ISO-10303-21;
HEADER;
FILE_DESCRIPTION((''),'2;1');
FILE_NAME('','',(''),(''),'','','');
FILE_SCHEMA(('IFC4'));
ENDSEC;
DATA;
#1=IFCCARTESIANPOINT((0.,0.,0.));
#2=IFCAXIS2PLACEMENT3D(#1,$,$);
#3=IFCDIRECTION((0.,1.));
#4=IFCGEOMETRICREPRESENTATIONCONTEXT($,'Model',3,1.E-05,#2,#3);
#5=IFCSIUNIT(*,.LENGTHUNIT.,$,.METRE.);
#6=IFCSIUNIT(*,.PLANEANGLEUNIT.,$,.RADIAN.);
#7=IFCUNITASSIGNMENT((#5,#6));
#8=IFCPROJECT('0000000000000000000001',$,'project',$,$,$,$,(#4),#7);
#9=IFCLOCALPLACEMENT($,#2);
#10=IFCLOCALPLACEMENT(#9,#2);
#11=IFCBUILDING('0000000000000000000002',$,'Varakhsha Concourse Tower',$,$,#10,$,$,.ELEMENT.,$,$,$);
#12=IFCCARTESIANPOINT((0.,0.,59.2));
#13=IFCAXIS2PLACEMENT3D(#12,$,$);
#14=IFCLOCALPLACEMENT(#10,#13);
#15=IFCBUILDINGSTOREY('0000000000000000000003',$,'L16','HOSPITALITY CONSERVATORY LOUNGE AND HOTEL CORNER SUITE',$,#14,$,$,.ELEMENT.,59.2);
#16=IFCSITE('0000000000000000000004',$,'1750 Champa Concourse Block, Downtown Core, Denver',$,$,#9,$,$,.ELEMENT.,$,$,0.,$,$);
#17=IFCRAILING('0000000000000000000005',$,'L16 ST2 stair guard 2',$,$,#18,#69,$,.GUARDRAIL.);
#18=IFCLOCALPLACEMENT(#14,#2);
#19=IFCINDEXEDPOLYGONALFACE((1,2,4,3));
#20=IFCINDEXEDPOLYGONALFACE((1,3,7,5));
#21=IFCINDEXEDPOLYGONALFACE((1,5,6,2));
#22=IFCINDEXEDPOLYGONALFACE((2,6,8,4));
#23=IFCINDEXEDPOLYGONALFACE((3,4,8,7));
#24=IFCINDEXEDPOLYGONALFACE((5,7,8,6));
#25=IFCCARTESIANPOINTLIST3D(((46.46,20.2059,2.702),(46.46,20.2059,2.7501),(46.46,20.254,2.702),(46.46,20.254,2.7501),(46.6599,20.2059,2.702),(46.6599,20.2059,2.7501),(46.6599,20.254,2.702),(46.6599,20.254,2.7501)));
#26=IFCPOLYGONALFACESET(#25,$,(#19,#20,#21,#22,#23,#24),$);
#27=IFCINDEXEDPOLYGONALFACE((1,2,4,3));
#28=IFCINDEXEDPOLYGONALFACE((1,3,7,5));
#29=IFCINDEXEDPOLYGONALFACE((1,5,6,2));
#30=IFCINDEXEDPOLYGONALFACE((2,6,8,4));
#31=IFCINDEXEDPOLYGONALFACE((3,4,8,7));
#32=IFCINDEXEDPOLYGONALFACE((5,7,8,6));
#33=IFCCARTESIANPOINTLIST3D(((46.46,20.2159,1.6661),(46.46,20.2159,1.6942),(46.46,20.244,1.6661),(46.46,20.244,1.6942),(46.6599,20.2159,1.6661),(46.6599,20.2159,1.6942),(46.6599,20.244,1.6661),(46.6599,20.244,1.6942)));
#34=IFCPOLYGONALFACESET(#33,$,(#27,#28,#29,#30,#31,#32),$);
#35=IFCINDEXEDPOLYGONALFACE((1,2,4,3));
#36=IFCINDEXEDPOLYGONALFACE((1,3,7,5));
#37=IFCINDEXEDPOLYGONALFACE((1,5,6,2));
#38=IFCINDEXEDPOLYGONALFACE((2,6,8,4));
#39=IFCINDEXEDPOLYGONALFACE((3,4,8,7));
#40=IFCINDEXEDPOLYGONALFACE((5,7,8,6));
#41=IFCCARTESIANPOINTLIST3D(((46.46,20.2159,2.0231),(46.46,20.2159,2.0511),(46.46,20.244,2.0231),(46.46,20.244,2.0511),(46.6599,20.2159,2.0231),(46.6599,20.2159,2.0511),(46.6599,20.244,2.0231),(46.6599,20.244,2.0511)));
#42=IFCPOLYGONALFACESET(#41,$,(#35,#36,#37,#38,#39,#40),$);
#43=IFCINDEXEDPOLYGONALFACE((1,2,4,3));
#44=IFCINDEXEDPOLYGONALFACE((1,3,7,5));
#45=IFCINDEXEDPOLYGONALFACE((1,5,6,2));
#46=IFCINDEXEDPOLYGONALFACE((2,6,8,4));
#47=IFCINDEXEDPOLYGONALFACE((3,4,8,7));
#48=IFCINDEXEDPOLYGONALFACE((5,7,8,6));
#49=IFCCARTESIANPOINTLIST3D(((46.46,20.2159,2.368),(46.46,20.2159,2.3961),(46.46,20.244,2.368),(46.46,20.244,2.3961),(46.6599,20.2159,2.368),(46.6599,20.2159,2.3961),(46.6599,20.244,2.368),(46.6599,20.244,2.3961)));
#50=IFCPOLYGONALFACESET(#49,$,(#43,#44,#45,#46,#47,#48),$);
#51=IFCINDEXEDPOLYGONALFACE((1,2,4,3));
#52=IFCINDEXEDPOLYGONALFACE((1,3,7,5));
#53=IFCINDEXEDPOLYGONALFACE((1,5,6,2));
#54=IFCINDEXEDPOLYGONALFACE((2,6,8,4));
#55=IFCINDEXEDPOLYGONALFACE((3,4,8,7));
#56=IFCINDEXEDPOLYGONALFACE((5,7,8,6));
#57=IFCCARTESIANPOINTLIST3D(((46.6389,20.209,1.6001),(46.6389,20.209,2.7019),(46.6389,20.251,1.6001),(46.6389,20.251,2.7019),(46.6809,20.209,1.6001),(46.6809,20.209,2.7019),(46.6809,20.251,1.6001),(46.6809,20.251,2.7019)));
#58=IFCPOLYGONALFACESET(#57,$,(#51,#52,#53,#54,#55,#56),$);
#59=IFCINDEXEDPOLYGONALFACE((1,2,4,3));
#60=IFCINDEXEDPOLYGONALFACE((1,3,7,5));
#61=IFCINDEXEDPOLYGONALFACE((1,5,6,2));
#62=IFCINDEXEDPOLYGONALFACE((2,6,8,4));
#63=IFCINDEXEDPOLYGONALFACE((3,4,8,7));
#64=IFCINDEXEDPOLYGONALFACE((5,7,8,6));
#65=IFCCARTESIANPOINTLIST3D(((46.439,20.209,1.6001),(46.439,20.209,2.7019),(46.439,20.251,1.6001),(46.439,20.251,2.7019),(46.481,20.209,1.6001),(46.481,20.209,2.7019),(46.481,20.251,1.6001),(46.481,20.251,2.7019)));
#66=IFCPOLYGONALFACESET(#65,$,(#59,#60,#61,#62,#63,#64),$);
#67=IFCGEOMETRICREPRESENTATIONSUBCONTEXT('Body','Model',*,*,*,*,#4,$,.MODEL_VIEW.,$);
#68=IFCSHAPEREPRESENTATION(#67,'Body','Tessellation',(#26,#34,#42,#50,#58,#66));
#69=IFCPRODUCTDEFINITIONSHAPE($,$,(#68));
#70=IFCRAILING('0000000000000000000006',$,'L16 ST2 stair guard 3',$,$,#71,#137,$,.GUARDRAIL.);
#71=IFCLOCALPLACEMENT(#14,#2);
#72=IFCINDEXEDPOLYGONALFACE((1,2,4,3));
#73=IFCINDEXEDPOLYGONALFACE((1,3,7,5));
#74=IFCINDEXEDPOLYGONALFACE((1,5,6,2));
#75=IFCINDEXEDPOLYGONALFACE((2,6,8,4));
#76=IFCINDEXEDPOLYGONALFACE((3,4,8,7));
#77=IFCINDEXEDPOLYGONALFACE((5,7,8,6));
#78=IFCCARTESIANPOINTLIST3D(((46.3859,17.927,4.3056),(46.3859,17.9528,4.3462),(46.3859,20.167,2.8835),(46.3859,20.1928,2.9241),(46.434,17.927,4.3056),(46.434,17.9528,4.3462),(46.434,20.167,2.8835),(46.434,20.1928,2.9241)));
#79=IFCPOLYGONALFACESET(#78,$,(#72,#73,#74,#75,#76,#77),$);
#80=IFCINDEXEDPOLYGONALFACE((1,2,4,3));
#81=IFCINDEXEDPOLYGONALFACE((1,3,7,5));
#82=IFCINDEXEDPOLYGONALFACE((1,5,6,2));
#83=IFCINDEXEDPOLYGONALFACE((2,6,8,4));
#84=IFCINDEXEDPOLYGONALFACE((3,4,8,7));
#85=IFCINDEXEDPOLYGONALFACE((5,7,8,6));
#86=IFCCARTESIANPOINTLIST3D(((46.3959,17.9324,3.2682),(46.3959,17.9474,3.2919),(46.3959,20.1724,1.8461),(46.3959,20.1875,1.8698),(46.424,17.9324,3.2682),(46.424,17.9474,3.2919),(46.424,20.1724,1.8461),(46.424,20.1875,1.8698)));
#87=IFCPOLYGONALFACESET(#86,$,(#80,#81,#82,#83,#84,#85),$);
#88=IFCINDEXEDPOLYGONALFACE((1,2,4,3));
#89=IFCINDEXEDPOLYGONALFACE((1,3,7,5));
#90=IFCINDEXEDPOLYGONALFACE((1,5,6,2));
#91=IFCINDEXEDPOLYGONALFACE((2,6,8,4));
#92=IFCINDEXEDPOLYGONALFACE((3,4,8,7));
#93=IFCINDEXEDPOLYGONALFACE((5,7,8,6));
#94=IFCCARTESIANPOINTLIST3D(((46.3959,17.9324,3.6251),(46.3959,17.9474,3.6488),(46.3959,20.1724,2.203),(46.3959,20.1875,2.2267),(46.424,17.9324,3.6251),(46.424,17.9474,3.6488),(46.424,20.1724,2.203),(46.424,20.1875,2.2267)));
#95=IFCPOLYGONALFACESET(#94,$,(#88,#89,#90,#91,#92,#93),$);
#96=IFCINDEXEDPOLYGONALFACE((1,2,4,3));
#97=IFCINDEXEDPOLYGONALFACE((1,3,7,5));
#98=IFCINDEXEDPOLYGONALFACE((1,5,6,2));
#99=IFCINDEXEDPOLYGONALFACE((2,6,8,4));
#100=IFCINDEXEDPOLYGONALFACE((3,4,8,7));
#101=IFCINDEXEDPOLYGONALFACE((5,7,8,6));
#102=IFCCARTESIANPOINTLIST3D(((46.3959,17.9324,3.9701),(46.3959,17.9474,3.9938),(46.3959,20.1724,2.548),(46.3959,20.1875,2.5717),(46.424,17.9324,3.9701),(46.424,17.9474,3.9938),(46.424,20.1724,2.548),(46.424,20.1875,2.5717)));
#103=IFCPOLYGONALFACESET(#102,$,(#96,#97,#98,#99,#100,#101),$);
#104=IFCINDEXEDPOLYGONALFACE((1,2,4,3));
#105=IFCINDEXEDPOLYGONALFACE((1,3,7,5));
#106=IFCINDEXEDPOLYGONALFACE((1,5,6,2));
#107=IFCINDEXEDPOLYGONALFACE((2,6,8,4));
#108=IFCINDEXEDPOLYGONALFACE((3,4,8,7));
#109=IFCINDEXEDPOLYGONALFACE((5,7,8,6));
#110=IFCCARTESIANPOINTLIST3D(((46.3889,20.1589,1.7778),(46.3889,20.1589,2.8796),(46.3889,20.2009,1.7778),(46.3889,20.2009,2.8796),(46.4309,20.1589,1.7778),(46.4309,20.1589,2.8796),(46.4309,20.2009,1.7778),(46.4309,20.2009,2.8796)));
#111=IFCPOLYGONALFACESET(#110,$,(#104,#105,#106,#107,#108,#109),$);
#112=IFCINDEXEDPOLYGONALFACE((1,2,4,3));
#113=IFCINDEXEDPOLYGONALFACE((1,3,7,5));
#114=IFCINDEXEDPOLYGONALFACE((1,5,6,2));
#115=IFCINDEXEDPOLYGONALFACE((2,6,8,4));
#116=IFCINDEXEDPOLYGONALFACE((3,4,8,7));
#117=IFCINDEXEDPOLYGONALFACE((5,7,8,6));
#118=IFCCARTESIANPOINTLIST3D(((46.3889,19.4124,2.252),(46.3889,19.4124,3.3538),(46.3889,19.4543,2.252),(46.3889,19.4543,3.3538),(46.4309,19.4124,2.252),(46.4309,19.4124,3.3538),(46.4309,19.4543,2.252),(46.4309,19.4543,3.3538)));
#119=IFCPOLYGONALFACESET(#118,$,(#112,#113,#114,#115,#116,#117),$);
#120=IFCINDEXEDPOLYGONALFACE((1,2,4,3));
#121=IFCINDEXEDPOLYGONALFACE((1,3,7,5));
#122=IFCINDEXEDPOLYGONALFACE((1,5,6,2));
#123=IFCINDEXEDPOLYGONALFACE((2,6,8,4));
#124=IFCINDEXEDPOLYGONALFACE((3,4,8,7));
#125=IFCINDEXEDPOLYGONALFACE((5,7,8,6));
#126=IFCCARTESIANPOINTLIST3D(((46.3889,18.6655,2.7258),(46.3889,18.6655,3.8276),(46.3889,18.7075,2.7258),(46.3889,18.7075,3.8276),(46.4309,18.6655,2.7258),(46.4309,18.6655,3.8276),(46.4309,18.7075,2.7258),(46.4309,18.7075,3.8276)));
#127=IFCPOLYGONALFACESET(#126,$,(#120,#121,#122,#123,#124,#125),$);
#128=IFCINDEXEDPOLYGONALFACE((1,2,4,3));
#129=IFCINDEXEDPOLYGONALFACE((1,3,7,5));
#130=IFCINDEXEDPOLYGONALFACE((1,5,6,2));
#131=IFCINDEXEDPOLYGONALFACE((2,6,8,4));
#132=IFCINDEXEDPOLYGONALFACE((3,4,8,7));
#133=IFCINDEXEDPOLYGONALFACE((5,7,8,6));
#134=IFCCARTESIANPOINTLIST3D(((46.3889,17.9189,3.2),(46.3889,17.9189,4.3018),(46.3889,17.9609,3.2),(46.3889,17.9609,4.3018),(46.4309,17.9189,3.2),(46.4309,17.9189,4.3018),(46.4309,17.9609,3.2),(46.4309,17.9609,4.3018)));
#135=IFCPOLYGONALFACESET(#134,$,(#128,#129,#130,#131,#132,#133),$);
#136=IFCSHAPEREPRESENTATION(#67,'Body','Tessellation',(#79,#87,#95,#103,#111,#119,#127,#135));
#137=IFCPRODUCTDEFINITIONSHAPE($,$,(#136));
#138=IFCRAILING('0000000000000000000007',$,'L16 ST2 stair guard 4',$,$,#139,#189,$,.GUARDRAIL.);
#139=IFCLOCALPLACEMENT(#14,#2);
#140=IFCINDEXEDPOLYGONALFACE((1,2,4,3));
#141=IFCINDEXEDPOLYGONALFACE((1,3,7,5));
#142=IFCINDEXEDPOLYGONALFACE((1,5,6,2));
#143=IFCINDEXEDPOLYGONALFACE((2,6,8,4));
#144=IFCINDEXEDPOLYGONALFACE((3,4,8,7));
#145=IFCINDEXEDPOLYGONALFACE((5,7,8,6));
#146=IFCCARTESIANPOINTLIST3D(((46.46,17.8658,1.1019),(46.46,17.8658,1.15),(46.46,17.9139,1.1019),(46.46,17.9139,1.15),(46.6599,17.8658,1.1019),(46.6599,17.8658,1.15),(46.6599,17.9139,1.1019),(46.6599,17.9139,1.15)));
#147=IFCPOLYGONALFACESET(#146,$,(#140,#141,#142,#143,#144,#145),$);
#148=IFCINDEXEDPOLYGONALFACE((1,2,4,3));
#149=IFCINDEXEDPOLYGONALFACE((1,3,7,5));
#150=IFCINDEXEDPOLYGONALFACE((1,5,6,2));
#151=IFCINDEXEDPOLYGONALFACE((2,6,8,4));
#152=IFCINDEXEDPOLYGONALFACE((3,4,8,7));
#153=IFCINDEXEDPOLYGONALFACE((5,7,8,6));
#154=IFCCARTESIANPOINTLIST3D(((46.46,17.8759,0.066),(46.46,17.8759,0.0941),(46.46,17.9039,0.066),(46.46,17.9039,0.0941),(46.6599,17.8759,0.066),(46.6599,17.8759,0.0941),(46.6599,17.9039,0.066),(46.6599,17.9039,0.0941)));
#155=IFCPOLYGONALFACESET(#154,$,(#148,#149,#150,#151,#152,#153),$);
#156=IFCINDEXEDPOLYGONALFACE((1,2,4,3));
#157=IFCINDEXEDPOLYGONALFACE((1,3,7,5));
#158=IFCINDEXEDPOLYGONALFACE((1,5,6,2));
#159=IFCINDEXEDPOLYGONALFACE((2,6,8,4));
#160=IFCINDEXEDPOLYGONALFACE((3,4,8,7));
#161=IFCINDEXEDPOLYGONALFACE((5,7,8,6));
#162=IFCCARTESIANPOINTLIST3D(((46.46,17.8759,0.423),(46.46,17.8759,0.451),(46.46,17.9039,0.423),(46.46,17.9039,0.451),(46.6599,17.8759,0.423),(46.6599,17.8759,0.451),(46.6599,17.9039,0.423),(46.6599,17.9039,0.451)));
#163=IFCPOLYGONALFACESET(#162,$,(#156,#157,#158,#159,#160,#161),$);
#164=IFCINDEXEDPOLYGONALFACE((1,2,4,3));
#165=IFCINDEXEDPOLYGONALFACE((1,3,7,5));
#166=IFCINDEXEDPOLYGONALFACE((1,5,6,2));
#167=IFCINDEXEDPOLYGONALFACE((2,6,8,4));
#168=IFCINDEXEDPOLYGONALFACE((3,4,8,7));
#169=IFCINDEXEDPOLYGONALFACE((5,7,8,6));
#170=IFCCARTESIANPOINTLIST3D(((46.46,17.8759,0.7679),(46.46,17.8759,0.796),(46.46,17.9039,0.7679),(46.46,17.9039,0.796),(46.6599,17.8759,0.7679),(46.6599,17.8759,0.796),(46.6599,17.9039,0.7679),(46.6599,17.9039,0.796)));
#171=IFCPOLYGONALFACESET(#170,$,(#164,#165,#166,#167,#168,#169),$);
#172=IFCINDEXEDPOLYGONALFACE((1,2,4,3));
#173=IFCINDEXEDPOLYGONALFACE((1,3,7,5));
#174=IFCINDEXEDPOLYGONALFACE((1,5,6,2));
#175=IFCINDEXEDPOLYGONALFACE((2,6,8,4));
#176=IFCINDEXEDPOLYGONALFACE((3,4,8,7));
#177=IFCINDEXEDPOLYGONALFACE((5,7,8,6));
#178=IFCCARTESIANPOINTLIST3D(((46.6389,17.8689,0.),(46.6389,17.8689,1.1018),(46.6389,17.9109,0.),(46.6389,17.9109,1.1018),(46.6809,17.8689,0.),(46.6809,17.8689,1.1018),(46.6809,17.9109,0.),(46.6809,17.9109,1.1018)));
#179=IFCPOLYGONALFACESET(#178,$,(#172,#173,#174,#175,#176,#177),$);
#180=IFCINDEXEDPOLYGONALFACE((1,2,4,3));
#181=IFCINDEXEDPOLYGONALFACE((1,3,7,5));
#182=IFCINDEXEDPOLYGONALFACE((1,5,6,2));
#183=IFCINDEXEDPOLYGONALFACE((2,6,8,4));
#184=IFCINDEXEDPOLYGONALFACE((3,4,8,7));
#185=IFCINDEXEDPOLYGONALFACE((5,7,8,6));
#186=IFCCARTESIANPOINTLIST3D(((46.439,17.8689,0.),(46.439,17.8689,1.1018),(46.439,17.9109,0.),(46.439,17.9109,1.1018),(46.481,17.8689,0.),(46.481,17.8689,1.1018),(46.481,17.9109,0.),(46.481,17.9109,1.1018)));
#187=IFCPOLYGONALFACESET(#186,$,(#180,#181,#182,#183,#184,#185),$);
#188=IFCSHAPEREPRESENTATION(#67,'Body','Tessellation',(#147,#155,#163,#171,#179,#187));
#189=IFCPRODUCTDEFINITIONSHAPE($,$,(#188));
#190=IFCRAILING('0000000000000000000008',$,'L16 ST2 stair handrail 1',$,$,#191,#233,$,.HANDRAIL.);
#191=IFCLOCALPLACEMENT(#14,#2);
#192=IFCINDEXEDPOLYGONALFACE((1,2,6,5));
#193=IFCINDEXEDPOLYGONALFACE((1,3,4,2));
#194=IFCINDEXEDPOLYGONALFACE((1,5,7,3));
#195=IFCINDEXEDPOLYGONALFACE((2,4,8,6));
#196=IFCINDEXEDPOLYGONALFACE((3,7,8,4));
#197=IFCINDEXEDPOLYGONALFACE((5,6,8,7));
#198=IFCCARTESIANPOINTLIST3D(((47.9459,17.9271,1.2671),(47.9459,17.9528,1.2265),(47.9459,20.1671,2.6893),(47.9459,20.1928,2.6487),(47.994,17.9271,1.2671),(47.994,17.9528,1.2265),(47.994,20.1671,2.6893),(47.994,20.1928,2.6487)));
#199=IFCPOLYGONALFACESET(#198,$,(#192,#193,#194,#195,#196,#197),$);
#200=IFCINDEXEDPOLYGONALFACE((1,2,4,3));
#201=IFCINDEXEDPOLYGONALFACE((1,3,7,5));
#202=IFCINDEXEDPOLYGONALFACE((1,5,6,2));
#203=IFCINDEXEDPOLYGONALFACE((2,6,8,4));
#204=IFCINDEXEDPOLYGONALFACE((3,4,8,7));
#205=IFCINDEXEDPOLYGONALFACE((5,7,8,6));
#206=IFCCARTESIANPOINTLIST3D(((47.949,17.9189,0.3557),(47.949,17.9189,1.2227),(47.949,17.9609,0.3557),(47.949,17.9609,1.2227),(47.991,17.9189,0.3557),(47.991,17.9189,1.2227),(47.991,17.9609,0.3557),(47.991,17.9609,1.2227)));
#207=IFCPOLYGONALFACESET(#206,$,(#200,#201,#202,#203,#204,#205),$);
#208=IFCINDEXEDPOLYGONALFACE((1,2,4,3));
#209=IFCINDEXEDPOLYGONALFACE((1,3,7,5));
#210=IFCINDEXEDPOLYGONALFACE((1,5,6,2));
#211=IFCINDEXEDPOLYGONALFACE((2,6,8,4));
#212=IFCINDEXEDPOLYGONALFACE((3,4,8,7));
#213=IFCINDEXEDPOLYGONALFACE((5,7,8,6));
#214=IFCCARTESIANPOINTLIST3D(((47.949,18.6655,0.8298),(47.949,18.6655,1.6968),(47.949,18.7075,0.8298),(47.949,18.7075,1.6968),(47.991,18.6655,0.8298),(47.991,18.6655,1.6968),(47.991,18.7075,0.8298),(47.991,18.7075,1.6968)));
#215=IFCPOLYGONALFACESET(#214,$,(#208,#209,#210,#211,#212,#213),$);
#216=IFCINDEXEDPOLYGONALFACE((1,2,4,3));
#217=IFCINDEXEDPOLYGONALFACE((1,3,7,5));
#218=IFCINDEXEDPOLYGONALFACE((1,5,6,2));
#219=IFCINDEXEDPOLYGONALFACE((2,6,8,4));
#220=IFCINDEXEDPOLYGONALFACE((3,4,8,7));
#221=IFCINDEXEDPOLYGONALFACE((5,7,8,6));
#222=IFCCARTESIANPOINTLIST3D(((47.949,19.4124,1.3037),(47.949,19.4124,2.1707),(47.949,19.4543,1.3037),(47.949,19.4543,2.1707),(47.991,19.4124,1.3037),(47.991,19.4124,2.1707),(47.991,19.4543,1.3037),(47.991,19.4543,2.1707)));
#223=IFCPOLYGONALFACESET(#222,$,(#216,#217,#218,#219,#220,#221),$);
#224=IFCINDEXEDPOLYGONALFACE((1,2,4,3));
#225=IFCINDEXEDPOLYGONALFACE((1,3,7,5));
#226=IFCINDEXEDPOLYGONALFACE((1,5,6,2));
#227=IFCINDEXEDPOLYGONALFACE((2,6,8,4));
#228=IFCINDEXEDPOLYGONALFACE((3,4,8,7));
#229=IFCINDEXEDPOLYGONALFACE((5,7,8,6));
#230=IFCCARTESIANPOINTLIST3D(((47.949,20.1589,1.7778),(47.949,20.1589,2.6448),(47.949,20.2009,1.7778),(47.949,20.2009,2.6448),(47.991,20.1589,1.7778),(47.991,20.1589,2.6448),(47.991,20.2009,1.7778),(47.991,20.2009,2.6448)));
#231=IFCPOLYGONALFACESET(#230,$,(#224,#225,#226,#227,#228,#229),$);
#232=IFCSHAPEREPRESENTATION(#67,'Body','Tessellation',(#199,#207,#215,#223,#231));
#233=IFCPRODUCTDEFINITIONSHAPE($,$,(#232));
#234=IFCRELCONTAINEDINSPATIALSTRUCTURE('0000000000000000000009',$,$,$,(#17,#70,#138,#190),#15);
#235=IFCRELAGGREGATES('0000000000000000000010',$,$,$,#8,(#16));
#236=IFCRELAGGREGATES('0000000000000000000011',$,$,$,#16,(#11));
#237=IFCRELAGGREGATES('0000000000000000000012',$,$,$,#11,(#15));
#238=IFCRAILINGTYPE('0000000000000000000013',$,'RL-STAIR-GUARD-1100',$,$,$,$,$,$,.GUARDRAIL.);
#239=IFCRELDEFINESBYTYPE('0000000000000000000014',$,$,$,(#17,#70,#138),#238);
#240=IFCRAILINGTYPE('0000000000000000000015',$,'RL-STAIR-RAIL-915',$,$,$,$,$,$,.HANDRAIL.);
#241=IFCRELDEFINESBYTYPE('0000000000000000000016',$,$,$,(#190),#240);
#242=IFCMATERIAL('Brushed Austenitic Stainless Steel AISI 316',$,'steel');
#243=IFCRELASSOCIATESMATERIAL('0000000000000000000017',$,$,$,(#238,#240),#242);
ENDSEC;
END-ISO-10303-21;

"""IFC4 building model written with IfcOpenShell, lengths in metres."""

from ifc_helpers import new_model, si_unit, direction, frame, origin, origin_2d, place, context, subcontext, project, spatial, rectangle, extrude, material, type_object, element, save


model = new_model("IFC4")

# Units and contexts
model_context = context("Model", 3, precision=1e-05, world=origin(), true_north=direction((0.0, 1.0)))
body_context = subcontext(model_context, "Body", "Model", "MODEL_VIEW")
ifc_project = project(units=[si_unit("LENGTHUNIT", "METRE"), si_unit("PLANEANGLEUNIT", "RADIAN")], contexts=[model_context])

# Site, building, storey
site_placement = place(None, origin())
site = spatial("IfcSite", under=ifc_project, at=site_placement, Name="1750 Champa Concourse Block, Downtown Core, Denver", CompositionType="ELEMENT", RefElevation=0.0)
building_placement = place(site_placement, origin())
building = spatial("IfcBuilding", under=site, at=building_placement, Name="Varakhsha Concourse Tower", CompositionType="ELEMENT")
storey_placement = place(building_placement, frame((0.0, 0.0, 59.2)))
storey = spatial("IfcBuildingStorey", under=building, at=storey_placement, Name="L16", Description="HOSPITALITY CONSERVATORY LOUNGE AND HOTEL CORNER SUITE", CompositionType="ELEMENT", Elevation=59.2)

# Railings
ifc_material_1 = material(Name="Brushed Austenitic Stainless Steel AISI 316", Category="steel")
railing_type_1 = type_object("IfcRailingType", Name="RL-STAIR-GUARD-1100", PredefinedType="GUARDRAIL", material=ifc_material_1)
railing_1_placement = place(storey_placement, frame((46.6599, 20.23, 1.6001)))
element("IfcRailing", 1, at=railing_1_placement, inside=storey, type_object=railing_type_1, Name="L16 ST2 stair guard 2", PredefinedType="GUARDRAIL", context=body_context, shape_type="SweptSolid", body=[
    extrude(rectangle(XDim=0.0481, YDim=0.0481, at=origin_2d()), frame((0.0, 0.0, 1.126), z_axis=(-1.0, 0.0, 0.0), x_axis=(0.0, -1.0, 0.0)), (0.0, 0.0, 1.0), 0.2),
    extrude(rectangle(XDim=0.0281, YDim=0.0281, at=origin_2d()), frame((0.0, 0.0, 0.0801), z_axis=(-1.0, 0.0, 0.0), x_axis=(0.0, -1.0, 0.0)), (0.0, 0.0, 1.0), 0.2),
    extrude(rectangle(XDim=0.0281, YDim=0.0281, at=origin_2d()), frame((0.0, 0.0, 0.437), z_axis=(-1.0, 0.0, 0.0), x_axis=(0.0, -1.0, 0.0)), (0.0, 0.0, 1.0), 0.2),
    extrude(rectangle(XDim=0.0281, YDim=0.0281, at=origin_2d()), frame((0.0, 0.0, 0.782), z_axis=(-1.0, 0.0, 0.0), x_axis=(0.0, -1.0, 0.0)), (0.0, 0.0, 1.0), 0.2),
    extrude(rectangle(XDim=0.042, YDim=0.042, at=origin_2d()), origin(), (0.0, 0.0, 1.0), 1.1018),
    extrude(rectangle(XDim=0.042, YDim=0.042, at=origin_2d()), frame((-0.2, 0.0, 0.0)), (0.0, 0.0, 1.0), 1.1018),
])
railing_2_placement = place(storey_placement, frame((46.4099, 20.1799, 1.7778)))
element("IfcRailing", 2, at=railing_2_placement, inside=storey, type_object=railing_type_1, Name="L16 ST2 stair guard 3", PredefinedType="GUARDRAIL", context=body_context, shape_type="SweptSolid", body=[
    extrude(rectangle(XDim=0.0481, YDim=0.0481, at=origin_2d()), frame((0.0, 0.0, 1.126), z_axis=(0.0, -0.844229, 0.535982), x_axis=(1.0, 0.0, 0.0)), (0.0, 0.0, 1.0), 2.6533),
    extrude(rectangle(XDim=0.0281, YDim=0.0281, at=origin_2d()), frame((0.0, 0.0, 0.0801), z_axis=(0.0, -0.844229, 0.535982), x_axis=(1.0, 0.0, 0.0)), (0.0, 0.0, 1.0), 2.6533),
    extrude(rectangle(XDim=0.0281, YDim=0.0281, at=origin_2d()), frame((0.0, 0.0, 0.437), z_axis=(0.0, -0.844229, 0.535982), x_axis=(1.0, 0.0, 0.0)), (0.0, 0.0, 1.0), 2.6533),
    extrude(rectangle(XDim=0.0281, YDim=0.0281, at=origin_2d()), frame((0.0, 0.0, 0.782), z_axis=(0.0, -0.844229, 0.535982), x_axis=(1.0, 0.0, 0.0)), (0.0, 0.0, 1.0), 2.6533),
    extrude(rectangle(XDim=0.042, YDim=0.042, at=origin_2d()), origin(), (0.0, 0.0, 1.0), 1.1018),
    extrude(rectangle(XDim=0.042, YDim=0.042, at=origin_2d()), frame((0.0, -0.7466, 0.4741)), (0.0, 0.0, 1.0), 1.1018),
    extrude(rectangle(XDim=0.042, YDim=0.042, at=origin_2d()), frame((0.0, -1.4934, 0.948)), (0.0, 0.0, 1.0), 1.1018),
    extrude(rectangle(XDim=0.042, YDim=0.042, at=origin_2d()), frame((0.0, -2.24, 1.4221)), (0.0, 0.0, 1.0), 1.1018),
])
railing_3_placement = place(storey_placement, frame((46.6599, 17.8899, 0.0)))
element("IfcRailing", 3, at=railing_3_placement, inside=storey, type_object=railing_type_1, Name="L16 ST2 stair guard 4", PredefinedType="GUARDRAIL", context=body_context, shape_type="SweptSolid", body=[
    extrude(rectangle(XDim=0.0481, YDim=0.0481, at=origin_2d()), frame((0.0, 0.0, 1.126), z_axis=(-1.0, 0.0, 0.0), x_axis=(0.0, -1.0, 0.0)), (0.0, 0.0, 1.0), 0.2),
    extrude(rectangle(XDim=0.0281, YDim=0.0281, at=origin_2d()), frame((0.0, 0.0, 0.0801), z_axis=(-1.0, 0.0, 0.0), x_axis=(0.0, -1.0, 0.0)), (0.0, 0.0, 1.0), 0.2),
    extrude(rectangle(XDim=0.0281, YDim=0.0281, at=origin_2d()), frame((0.0, 0.0, 0.437), z_axis=(-1.0, 0.0, 0.0), x_axis=(0.0, -1.0, 0.0)), (0.0, 0.0, 1.0), 0.2),
    extrude(rectangle(XDim=0.0281, YDim=0.0281, at=origin_2d()), frame((0.0, 0.0, 0.782), z_axis=(-1.0, 0.0, 0.0), x_axis=(0.0, -1.0, 0.0)), (0.0, 0.0, 1.0), 0.2),
    extrude(rectangle(XDim=0.042, YDim=0.042, at=origin_2d()), origin(), (0.0, 0.0, 1.0), 1.1018),
    extrude(rectangle(XDim=0.042, YDim=0.042, at=origin_2d()), frame((-0.2, 0.0, 0.0)), (0.0, 0.0, 1.0), 1.1018),
])
railing_type_2 = type_object("IfcRailingType", Name="RL-STAIR-RAIL-915", PredefinedType="HANDRAIL", material=ifc_material_1)
railing_4_placement = place(storey_placement, frame((47.97, 17.9399, 0.3557)))
element("IfcRailing", 4, at=railing_4_placement, inside=storey, type_object=railing_type_2, Name="L16 ST2 stair handrail 1", PredefinedType="HANDRAIL", context=body_context, shape_type="SweptSolid", body=[
    extrude(rectangle(XDim=0.0481, YDim=0.0481, at=origin_2d()), frame((0.0, 0.0, 0.8911), z_axis=(0.0, 0.844229, 0.535982), x_axis=(-1.0, 0.0, 0.0)), (0.0, 0.0, 1.0), 2.6533),
    extrude(rectangle(XDim=0.042, YDim=0.042, at=origin_2d()), origin(), (0.0, 0.0, 1.0), 0.8669),
    extrude(rectangle(XDim=0.042, YDim=0.042, at=origin_2d()), frame((0.0, 0.7466, 0.4741)), (0.0, 0.0, 1.0), 0.8669),
    extrude(rectangle(XDim=0.042, YDim=0.042, at=origin_2d()), frame((0.0, 1.4934, 0.948)), (0.0, 0.0, 1.0), 0.8669),
    extrude(rectangle(XDim=0.042, YDim=0.042, at=origin_2d()), frame((0.0, 2.24, 1.4221)), (0.0, 0.0, 1.0), 0.8669),
])

save(model, "model.ifc")
